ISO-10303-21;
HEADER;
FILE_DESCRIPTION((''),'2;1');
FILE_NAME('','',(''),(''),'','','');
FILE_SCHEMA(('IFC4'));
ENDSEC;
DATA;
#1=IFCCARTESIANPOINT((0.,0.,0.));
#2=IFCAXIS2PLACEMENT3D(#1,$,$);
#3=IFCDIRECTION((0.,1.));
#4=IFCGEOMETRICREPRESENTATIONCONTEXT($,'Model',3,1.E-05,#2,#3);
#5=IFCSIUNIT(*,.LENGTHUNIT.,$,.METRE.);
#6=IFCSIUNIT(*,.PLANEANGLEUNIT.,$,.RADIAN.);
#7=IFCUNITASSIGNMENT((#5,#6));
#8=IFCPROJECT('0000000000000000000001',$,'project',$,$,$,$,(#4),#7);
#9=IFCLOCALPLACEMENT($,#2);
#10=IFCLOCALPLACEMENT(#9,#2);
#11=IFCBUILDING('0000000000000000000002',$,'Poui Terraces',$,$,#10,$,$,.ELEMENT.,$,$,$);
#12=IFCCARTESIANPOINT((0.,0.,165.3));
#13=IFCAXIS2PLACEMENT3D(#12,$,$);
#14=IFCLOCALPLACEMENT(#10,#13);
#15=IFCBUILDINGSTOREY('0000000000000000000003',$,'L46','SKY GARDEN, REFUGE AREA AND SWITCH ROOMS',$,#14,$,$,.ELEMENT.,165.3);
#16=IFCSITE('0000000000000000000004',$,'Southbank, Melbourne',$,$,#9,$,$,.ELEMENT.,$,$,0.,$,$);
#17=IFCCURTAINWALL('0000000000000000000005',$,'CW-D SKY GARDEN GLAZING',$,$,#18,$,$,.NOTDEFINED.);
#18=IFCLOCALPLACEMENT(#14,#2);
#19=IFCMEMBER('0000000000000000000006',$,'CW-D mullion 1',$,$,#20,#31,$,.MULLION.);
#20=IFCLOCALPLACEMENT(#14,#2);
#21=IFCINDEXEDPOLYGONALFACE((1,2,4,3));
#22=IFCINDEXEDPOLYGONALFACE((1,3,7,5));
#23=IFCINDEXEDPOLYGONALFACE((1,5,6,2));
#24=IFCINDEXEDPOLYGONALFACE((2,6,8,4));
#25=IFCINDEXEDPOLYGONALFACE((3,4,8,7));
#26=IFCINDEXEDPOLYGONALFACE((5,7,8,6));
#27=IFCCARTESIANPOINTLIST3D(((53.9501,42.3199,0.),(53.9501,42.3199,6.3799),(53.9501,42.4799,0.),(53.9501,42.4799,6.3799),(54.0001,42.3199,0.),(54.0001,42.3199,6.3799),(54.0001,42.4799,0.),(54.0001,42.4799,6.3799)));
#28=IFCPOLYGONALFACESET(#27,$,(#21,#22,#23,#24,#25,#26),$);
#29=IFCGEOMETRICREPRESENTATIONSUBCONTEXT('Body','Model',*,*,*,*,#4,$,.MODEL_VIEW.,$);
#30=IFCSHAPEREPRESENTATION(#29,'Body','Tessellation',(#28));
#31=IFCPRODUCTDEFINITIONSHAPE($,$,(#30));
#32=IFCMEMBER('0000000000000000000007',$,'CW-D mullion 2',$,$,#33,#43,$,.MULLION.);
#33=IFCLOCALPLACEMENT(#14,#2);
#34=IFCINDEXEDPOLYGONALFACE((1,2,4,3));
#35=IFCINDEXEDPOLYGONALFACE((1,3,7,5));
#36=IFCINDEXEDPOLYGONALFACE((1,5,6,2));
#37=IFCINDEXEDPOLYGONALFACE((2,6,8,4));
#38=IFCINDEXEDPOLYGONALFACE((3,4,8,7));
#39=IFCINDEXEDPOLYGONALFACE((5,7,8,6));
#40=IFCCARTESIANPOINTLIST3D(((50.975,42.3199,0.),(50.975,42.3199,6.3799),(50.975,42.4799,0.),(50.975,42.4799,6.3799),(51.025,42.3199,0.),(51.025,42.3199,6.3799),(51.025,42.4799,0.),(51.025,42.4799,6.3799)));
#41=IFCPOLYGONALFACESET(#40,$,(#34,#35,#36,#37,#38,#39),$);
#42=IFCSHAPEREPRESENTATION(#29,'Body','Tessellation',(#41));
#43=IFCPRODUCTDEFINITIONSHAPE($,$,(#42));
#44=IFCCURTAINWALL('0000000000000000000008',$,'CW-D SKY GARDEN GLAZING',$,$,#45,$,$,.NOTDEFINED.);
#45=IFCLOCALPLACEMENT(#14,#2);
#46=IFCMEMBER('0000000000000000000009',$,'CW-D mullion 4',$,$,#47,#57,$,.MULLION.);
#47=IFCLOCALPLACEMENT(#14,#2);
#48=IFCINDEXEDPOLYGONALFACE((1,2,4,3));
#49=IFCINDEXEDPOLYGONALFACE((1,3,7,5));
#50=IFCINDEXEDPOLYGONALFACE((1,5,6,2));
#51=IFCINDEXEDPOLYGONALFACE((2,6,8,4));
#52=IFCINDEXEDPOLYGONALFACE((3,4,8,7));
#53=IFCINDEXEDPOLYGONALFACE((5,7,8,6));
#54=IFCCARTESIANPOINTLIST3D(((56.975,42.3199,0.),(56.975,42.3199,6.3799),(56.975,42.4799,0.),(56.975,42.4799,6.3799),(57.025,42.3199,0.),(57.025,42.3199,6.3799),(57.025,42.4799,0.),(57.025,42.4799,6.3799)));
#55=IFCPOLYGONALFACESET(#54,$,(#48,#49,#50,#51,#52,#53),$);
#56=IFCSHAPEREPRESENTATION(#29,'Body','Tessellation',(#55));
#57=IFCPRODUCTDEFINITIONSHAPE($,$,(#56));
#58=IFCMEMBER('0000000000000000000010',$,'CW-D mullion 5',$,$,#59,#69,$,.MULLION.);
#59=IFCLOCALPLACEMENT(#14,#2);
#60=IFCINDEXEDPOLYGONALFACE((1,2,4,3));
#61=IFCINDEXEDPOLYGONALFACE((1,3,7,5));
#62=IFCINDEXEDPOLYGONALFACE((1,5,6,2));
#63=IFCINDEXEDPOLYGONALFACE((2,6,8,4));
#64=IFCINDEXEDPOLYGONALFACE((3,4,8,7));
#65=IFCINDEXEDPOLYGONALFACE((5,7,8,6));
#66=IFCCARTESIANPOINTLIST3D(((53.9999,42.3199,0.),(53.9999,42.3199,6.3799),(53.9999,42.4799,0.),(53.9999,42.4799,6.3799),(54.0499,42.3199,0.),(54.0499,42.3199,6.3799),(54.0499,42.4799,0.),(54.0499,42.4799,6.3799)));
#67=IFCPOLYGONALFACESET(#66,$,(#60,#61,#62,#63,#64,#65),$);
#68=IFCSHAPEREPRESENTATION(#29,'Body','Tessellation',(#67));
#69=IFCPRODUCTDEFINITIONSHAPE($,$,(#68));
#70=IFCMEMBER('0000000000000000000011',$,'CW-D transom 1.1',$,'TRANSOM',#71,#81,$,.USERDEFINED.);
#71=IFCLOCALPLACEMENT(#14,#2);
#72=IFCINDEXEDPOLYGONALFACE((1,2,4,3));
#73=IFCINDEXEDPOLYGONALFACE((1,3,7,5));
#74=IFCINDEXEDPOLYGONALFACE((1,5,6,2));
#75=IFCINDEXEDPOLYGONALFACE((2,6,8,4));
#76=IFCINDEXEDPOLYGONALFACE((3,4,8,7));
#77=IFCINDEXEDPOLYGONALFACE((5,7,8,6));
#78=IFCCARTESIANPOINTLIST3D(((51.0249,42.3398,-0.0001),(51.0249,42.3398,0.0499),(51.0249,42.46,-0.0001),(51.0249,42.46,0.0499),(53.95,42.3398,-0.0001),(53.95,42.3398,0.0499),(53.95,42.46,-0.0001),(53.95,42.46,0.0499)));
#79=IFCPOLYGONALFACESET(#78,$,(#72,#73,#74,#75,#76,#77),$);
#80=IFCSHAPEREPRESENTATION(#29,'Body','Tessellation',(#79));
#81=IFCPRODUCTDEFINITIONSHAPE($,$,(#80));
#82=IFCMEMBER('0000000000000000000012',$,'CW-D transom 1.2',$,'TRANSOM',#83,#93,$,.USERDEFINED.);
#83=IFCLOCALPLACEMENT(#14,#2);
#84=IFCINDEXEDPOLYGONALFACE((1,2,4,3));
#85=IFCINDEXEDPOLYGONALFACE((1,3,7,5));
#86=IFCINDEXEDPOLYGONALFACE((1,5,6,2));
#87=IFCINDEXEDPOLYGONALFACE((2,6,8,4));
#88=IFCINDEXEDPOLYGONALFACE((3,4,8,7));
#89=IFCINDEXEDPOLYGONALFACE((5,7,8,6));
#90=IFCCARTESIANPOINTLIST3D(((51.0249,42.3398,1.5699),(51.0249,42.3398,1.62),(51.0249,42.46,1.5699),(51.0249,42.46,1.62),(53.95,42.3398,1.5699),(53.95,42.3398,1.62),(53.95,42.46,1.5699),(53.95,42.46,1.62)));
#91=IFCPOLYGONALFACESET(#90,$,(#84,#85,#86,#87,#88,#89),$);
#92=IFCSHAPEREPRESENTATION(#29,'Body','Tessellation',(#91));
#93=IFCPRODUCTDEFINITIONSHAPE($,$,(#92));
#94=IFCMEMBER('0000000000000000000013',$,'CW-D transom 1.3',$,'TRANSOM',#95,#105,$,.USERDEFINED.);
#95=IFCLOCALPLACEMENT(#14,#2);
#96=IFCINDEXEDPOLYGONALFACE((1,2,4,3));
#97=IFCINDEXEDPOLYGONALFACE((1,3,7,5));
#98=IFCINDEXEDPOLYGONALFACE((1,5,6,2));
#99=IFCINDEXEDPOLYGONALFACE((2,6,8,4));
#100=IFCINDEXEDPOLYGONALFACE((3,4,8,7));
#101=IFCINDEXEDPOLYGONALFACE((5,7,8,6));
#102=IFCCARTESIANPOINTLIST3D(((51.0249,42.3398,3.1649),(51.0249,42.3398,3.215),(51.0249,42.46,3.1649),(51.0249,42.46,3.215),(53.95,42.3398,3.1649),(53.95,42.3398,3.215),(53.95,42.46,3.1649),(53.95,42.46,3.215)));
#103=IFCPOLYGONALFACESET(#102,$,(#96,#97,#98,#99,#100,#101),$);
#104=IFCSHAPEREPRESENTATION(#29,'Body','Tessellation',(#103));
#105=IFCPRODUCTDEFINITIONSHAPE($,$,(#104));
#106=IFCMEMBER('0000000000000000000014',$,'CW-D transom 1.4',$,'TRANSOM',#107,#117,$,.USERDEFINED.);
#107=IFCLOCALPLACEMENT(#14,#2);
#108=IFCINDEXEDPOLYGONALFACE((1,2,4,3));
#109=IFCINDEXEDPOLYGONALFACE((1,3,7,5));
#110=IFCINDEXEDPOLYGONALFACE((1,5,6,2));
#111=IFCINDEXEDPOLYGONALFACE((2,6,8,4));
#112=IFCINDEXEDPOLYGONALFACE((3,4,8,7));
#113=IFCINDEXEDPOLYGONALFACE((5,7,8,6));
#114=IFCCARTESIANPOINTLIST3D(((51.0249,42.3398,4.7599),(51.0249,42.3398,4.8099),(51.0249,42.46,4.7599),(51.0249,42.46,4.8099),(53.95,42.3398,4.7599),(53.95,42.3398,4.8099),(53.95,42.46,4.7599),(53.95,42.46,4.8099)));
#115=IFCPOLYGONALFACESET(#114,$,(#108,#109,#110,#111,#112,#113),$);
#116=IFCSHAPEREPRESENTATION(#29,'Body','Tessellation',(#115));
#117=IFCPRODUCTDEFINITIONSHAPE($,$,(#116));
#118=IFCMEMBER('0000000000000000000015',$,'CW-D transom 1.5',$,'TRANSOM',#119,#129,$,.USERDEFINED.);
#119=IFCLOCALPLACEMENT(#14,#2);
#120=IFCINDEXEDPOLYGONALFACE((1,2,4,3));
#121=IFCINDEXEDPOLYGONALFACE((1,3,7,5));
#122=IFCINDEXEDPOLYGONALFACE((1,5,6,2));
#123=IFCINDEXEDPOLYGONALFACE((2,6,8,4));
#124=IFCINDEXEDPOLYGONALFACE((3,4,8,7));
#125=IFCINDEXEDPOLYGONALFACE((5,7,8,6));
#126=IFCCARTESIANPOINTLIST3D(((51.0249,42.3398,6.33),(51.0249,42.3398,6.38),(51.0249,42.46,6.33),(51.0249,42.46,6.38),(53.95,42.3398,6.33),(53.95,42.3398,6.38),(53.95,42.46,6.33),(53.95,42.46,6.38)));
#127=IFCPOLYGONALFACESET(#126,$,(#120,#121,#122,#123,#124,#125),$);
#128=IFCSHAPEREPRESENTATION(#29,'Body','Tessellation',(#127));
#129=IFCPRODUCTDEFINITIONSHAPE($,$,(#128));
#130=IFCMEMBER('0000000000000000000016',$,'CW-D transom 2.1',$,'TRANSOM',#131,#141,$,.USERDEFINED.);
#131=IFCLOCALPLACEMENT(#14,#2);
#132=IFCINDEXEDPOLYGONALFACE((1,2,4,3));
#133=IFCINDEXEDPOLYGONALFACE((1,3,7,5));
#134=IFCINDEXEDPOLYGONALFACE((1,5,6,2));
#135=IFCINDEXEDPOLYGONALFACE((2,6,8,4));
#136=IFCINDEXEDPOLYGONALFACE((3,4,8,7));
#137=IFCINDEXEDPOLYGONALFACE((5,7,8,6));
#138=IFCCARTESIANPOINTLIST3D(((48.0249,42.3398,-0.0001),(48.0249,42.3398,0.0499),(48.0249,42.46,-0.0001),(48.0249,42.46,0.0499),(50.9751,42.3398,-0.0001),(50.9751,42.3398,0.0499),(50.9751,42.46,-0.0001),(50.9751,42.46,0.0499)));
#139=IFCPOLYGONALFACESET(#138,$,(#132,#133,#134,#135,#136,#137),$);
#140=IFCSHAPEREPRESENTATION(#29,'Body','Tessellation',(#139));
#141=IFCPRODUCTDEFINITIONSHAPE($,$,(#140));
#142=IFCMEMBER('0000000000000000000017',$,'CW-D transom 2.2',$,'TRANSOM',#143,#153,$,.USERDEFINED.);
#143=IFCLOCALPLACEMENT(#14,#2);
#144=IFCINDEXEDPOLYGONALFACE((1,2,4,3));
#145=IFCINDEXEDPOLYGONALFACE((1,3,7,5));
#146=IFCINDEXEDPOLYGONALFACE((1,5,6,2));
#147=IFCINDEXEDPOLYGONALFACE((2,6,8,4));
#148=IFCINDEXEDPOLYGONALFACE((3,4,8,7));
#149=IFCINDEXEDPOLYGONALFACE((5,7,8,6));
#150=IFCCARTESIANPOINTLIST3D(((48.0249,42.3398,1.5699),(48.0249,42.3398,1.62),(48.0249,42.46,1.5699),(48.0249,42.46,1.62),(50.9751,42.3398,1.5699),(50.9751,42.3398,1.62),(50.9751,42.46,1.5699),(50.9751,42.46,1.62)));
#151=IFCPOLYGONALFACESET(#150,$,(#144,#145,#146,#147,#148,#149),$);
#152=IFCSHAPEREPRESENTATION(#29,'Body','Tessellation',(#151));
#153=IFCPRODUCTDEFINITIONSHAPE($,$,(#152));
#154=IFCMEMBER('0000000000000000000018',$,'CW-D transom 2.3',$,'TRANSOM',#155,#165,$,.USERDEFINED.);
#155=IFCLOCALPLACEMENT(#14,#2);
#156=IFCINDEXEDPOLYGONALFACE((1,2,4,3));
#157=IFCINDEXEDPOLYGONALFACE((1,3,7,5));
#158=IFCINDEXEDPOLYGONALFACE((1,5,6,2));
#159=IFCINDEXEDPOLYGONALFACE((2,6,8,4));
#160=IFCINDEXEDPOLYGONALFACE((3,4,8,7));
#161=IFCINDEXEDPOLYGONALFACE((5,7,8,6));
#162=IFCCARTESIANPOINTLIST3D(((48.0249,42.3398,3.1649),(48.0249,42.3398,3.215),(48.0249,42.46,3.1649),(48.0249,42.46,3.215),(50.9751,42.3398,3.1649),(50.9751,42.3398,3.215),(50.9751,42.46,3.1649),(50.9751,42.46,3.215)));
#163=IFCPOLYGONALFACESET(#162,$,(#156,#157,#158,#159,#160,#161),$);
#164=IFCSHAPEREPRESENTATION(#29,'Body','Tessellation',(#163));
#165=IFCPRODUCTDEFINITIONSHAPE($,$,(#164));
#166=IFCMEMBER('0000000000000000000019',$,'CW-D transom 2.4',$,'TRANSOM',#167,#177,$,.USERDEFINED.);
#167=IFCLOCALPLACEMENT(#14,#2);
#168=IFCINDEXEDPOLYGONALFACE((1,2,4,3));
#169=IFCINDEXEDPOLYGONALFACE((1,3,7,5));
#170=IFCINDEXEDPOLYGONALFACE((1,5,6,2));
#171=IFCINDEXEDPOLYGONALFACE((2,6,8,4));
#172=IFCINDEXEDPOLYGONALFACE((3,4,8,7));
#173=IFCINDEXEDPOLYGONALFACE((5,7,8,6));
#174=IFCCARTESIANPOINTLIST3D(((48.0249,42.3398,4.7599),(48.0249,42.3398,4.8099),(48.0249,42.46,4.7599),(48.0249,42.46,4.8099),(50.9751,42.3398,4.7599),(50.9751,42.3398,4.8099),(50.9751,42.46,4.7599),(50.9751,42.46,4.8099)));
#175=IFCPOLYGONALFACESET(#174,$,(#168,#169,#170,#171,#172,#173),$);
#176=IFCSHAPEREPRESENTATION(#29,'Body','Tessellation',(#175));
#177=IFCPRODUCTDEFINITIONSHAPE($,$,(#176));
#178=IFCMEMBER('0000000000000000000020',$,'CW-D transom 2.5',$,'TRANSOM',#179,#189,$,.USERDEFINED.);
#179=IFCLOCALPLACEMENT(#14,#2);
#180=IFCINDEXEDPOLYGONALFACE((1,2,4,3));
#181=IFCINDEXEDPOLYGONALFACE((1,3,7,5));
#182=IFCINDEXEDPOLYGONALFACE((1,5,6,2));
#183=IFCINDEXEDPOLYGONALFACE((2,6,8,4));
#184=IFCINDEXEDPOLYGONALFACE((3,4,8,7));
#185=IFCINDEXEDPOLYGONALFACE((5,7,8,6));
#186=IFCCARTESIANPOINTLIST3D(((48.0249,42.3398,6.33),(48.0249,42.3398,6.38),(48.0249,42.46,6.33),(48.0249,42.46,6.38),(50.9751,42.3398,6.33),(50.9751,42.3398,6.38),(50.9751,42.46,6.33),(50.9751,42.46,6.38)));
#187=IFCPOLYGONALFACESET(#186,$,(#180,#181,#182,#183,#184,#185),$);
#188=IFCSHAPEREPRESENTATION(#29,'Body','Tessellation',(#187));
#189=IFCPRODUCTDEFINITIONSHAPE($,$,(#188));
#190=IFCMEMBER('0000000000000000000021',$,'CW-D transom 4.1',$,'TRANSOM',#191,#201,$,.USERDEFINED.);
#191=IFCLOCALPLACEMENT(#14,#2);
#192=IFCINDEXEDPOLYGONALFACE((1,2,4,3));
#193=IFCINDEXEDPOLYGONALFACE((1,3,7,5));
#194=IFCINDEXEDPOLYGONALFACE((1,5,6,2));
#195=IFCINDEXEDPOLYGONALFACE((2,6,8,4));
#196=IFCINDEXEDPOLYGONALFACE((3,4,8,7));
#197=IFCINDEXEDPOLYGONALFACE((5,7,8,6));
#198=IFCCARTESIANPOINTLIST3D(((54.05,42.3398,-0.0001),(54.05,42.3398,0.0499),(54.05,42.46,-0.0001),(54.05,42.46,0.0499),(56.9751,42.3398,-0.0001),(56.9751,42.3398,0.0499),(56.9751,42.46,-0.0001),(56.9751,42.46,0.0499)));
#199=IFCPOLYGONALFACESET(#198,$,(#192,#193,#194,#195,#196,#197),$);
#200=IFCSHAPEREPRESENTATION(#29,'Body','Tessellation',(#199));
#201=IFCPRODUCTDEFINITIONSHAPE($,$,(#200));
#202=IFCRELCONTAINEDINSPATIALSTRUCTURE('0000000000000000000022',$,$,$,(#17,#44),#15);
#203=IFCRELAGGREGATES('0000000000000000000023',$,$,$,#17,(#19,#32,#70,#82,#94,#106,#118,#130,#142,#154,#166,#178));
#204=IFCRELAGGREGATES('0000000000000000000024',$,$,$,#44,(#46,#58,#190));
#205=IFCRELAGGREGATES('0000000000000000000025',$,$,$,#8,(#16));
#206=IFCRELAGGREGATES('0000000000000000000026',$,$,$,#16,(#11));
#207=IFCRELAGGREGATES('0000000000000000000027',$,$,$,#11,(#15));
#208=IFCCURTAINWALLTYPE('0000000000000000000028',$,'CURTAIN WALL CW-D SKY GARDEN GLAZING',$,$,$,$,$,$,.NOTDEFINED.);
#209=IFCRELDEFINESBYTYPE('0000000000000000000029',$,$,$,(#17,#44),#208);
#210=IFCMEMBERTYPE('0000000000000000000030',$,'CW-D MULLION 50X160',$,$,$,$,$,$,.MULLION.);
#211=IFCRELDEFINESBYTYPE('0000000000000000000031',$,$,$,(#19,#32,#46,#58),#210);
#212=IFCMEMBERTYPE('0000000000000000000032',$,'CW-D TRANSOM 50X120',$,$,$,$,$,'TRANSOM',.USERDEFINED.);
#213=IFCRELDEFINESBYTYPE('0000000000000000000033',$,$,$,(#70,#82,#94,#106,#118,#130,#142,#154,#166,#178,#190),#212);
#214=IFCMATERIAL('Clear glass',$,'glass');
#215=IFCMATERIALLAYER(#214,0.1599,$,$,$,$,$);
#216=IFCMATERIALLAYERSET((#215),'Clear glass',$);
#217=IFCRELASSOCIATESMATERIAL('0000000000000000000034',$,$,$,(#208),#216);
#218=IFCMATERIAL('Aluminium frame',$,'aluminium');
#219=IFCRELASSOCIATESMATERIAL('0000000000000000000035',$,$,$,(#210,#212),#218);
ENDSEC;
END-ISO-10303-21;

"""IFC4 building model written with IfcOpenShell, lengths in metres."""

from ifc_helpers import new_model, si_unit, direction, frame, origin, origin_2d, place, context, subcontext, project, spatial, rectangle, extrude, material, layer, layer_set, material_profile, profile_set, type_object, element, aggregate, save


model = new_model("IFC4")

# Units and contexts
model_context = context("Model", 3, precision=1e-05, world=origin(), true_north=direction((0.0, 1.0)))
body_context = subcontext(model_context, "Body", "Model", "MODEL_VIEW")
ifc_project = project(units=[si_unit("LENGTHUNIT", "METRE"), si_unit("PLANEANGLEUNIT", "RADIAN")], contexts=[model_context])

# Site, building, storey
site_placement = place(None, origin())
site = spatial("IfcSite", under=ifc_project, at=site_placement, Name="Southbank, Melbourne", CompositionType="ELEMENT", RefElevation=0.0)
building_placement = place(site_placement, origin())
building = spatial("IfcBuilding", under=site, at=building_placement, Name="Poui Terraces", CompositionType="ELEMENT")
storey_placement = place(building_placement, frame((0.0, 0.0, 165.3)))
storey = spatial("IfcBuildingStorey", under=building, at=storey_placement, Name="L46", Description="SKY GARDEN, REFUGE AREA AND SWITCH ROOMS", CompositionType="ELEMENT", Elevation=165.3)

# Curtain walls, members
ifc_material_1 = material(Name="Clear glass", Category="glass")
ifc_layer_1 = layer(ifc_material_1, 0.1599)
ifc_layer_set_1 = layer_set([ifc_layer_1], Name="Clear glass")
curtain_wall_type = type_object("IfcCurtainWallType", Name="CURTAIN WALL CW-D SKY GARDEN GLAZING", PredefinedType="NOTDEFINED", material=ifc_layer_set_1)
curtain_wall_1_placement = place(storey_placement, origin())
curtain_wall_1 = element("IfcCurtainWall", 1, at=curtain_wall_1_placement, inside=storey, type_object=curtain_wall_type, Name="CW-D SKY GARDEN GLAZING", PredefinedType="NOTDEFINED")
ifc_material_2 = material(Name="Aluminium frame", Category="aluminium")
ifc_material_profile_1 = material_profile(ifc_material_2, rectangle(XDim=0.1599, YDim=0.05, at=origin_2d()), Name="CW-D MULLION 50X160")
ifc_profile_set_1 = profile_set([ifc_material_profile_1], Name="Aluminium frame")
member_type_1 = type_object("IfcMemberType", Name="CW-D MULLION 50X160", PredefinedType="MULLION", material=ifc_profile_set_1)
member_1_placement = place(storey_placement, frame((53.9751, 42.3999, 0.0), z_axis=(0.0, 0.0, 1.0), x_axis=(0.0, -1.0, 0.0)))
member_1 = element("IfcMember", 2, at=member_1_placement, type_object=member_type_1, Name="CW-D mullion 1", PredefinedType="MULLION", context=body_context, shape_type="SweptSolid", body=[
    extrude(rectangle(XDim=0.1599, YDim=0.05, at=origin_2d()), origin(), (0.0, 0.0, 1.0), 6.3799),
])
member_2_placement = place(storey_placement, frame((51.0, 42.3999, 0.0), z_axis=(0.0, 0.0, 1.0), x_axis=(0.0, -1.0, 0.0)))
member_2 = element("IfcMember", 3, at=member_2_placement, type_object=member_type_1, Name="CW-D mullion 2", PredefinedType="MULLION", context=body_context, shape_type="SweptSolid", body=[
    extrude(rectangle(XDim=0.1599, YDim=0.05, at=origin_2d()), origin(), (0.0, 0.0, 1.0), 6.3799),
])
curtain_wall_2_placement = place(storey_placement, origin())
curtain_wall_2 = element("IfcCurtainWall", 4, at=curtain_wall_2_placement, inside=storey, type_object=curtain_wall_type, Name="CW-D SKY GARDEN GLAZING", PredefinedType="NOTDEFINED")
member_3_placement = place(storey_placement, frame((57.0, 42.3999, 0.0), z_axis=(0.0, 0.0, 1.0), x_axis=(0.0, -1.0, 0.0)))
member_3 = element("IfcMember", 5, at=member_3_placement, type_object=member_type_1, Name="CW-D mullion 4", PredefinedType="MULLION", context=body_context, shape_type="SweptSolid", body=[
    extrude(rectangle(XDim=0.1599, YDim=0.05, at=origin_2d()), origin(), (0.0, 0.0, 1.0), 6.3799),
])
member_4_placement = place(storey_placement, frame((54.0249, 42.3999, 0.0), z_axis=(0.0, 0.0, 1.0), x_axis=(0.0, -1.0, 0.0)))
member_4 = element("IfcMember", 6, at=member_4_placement, type_object=member_type_1, Name="CW-D mullion 5", PredefinedType="MULLION", context=body_context, shape_type="SweptSolid", body=[
    extrude(rectangle(XDim=0.1599, YDim=0.05, at=origin_2d()), origin(), (0.0, 0.0, 1.0), 6.3799),
])

# Members
ifc_material_profile_2 = material_profile(ifc_material_2, rectangle(XDim=0.1201, YDim=0.05, at=origin_2d()), Name="CW-D TRANSOM 50X120")
ifc_profile_set_2 = profile_set([ifc_material_profile_2], Name="Aluminium frame")
member_type_2 = type_object("IfcMemberType", Name="CW-D TRANSOM 50X120", ElementType="TRANSOM", PredefinedType="USERDEFINED", material=ifc_profile_set_2)
member_5_placement = place(storey_placement, frame((53.95, 42.3999, 0.0249), z_axis=(-1.0, 0.0, 0.0), x_axis=(0.0, -1.0, 0.0)))
member_5 = element("IfcMember", 7, at=member_5_placement, type_object=member_type_2, Name="CW-D transom 1.1", ObjectType="TRANSOM", PredefinedType="USERDEFINED", context=body_context, shape_type="SweptSolid", body=[
    extrude(rectangle(XDim=0.1201, YDim=0.05, at=origin_2d()), origin(), (0.0, 0.0, 1.0), 2.925),
])
member_6_placement = place(storey_placement, frame((53.95, 42.3999, 1.595), z_axis=(-1.0, 0.0, 0.0), x_axis=(0.0, -1.0, 0.0)))
member_6 = element("IfcMember", 8, at=member_6_placement, type_object=member_type_2, Name="CW-D transom 1.2", ObjectType="TRANSOM", PredefinedType="USERDEFINED", context=body_context, shape_type="SweptSolid", body=[
    extrude(rectangle(XDim=0.1201, YDim=0.05, at=origin_2d()), origin(), (0.0, 0.0, 1.0), 2.925),
])
member_7_placement = place(storey_placement, frame((53.95, 42.3999, 3.1899), z_axis=(-1.0, 0.0, 0.0), x_axis=(0.0, -1.0, 0.0)))
member_7 = element("IfcMember", 9, at=member_7_placement, type_object=member_type_2, Name="CW-D transom 1.3", ObjectType="TRANSOM", PredefinedType="USERDEFINED", context=body_context, shape_type="SweptSolid", body=[
    extrude(rectangle(XDim=0.1201, YDim=0.05, at=origin_2d()), origin(), (0.0, 0.0, 1.0), 2.925),
])
member_8_placement = place(storey_placement, frame((53.95, 42.3999, 4.7849), z_axis=(-1.0, 0.0, 0.0), x_axis=(0.0, -1.0, 0.0)))
member_8 = element("IfcMember", 10, at=member_8_placement, type_object=member_type_2, Name="CW-D transom 1.4", ObjectType="TRANSOM", PredefinedType="USERDEFINED", context=body_context, shape_type="SweptSolid", body=[
    extrude(rectangle(XDim=0.1201, YDim=0.05, at=origin_2d()), origin(), (0.0, 0.0, 1.0), 2.925),
])
member_9_placement = place(storey_placement, frame((53.95, 42.3999, 6.355), z_axis=(-1.0, 0.0, 0.0), x_axis=(0.0, -1.0, 0.0)))
member_9 = element("IfcMember", 11, at=member_9_placement, type_object=member_type_2, Name="CW-D transom 1.5", ObjectType="TRANSOM", PredefinedType="USERDEFINED", context=body_context, shape_type="SweptSolid", body=[
    extrude(rectangle(XDim=0.1201, YDim=0.05, at=origin_2d()), origin(), (0.0, 0.0, 1.0), 2.925),
])
member_10_placement = place(storey_placement, frame((50.9751, 42.3999, 0.0249), z_axis=(-1.0, 0.0, 0.0), x_axis=(0.0, -1.0, 0.0)))
member_10 = element("IfcMember", 12, at=member_10_placement, type_object=member_type_2, Name="CW-D transom 2.1", ObjectType="TRANSOM", PredefinedType="USERDEFINED", context=body_context, shape_type="SweptSolid", body=[
    extrude(rectangle(XDim=0.1201, YDim=0.05, at=origin_2d()), origin(), (0.0, 0.0, 1.0), 2.9502),
])
member_11_placement = place(storey_placement, frame((50.9751, 42.3999, 1.595), z_axis=(-1.0, 0.0, 0.0), x_axis=(0.0, -1.0, 0.0)))
member_11 = element("IfcMember", 13, at=member_11_placement, type_object=member_type_2, Name="CW-D transom 2.2", ObjectType="TRANSOM", PredefinedType="USERDEFINED", context=body_context, shape_type="SweptSolid", body=[
    extrude(rectangle(XDim=0.1201, YDim=0.05, at=origin_2d()), origin(), (0.0, 0.0, 1.0), 2.9502),
])
member_12_placement = place(storey_placement, frame((50.9751, 42.3999, 3.1899), z_axis=(-1.0, 0.0, 0.0), x_axis=(0.0, -1.0, 0.0)))
member_12 = element("IfcMember", 14, at=member_12_placement, type_object=member_type_2, Name="CW-D transom 2.3", ObjectType="TRANSOM", PredefinedType="USERDEFINED", context=body_context, shape_type="SweptSolid", body=[
    extrude(rectangle(XDim=0.1201, YDim=0.05, at=origin_2d()), origin(), (0.0, 0.0, 1.0), 2.9502),
])
member_13_placement = place(storey_placement, frame((50.9751, 42.3999, 4.7849), z_axis=(-1.0, 0.0, 0.0), x_axis=(0.0, -1.0, 0.0)))
member_13 = element("IfcMember", 15, at=member_13_placement, type_object=member_type_2, Name="CW-D transom 2.4", ObjectType="TRANSOM", PredefinedType="USERDEFINED", context=body_context, shape_type="SweptSolid", body=[
    extrude(rectangle(XDim=0.1201, YDim=0.05, at=origin_2d()), origin(), (0.0, 0.0, 1.0), 2.9502),
])
member_14_placement = place(storey_placement, frame((50.9751, 42.3999, 6.355), z_axis=(-1.0, 0.0, 0.0), x_axis=(0.0, -1.0, 0.0)))
member_14 = element("IfcMember", 16, at=member_14_placement, type_object=member_type_2, Name="CW-D transom 2.5", ObjectType="TRANSOM", PredefinedType="USERDEFINED", context=body_context, shape_type="SweptSolid", body=[
    extrude(rectangle(XDim=0.1201, YDim=0.05, at=origin_2d()), origin(), (0.0, 0.0, 1.0), 2.9502),
])
member_15_placement = place(storey_placement, frame((56.9751, 42.3999, 0.0249), z_axis=(-1.0, 0.0, 0.0), x_axis=(0.0, -1.0, 0.0)))
member_15 = element("IfcMember", 17, at=member_15_placement, type_object=member_type_2, Name="CW-D transom 4.1", ObjectType="TRANSOM", PredefinedType="USERDEFINED", context=body_context, shape_type="SweptSolid", body=[
    extrude(rectangle(XDim=0.1201, YDim=0.05, at=origin_2d()), origin(), (0.0, 0.0, 1.0), 2.925),
])

aggregate(curtain_wall_1, [member_1, member_2, member_5, member_6, member_7, member_8, member_9, member_10, member_11, member_12, member_13, member_14])
aggregate(curtain_wall_2, [member_3, member_4, member_15])

save(model, "model.ifc")
